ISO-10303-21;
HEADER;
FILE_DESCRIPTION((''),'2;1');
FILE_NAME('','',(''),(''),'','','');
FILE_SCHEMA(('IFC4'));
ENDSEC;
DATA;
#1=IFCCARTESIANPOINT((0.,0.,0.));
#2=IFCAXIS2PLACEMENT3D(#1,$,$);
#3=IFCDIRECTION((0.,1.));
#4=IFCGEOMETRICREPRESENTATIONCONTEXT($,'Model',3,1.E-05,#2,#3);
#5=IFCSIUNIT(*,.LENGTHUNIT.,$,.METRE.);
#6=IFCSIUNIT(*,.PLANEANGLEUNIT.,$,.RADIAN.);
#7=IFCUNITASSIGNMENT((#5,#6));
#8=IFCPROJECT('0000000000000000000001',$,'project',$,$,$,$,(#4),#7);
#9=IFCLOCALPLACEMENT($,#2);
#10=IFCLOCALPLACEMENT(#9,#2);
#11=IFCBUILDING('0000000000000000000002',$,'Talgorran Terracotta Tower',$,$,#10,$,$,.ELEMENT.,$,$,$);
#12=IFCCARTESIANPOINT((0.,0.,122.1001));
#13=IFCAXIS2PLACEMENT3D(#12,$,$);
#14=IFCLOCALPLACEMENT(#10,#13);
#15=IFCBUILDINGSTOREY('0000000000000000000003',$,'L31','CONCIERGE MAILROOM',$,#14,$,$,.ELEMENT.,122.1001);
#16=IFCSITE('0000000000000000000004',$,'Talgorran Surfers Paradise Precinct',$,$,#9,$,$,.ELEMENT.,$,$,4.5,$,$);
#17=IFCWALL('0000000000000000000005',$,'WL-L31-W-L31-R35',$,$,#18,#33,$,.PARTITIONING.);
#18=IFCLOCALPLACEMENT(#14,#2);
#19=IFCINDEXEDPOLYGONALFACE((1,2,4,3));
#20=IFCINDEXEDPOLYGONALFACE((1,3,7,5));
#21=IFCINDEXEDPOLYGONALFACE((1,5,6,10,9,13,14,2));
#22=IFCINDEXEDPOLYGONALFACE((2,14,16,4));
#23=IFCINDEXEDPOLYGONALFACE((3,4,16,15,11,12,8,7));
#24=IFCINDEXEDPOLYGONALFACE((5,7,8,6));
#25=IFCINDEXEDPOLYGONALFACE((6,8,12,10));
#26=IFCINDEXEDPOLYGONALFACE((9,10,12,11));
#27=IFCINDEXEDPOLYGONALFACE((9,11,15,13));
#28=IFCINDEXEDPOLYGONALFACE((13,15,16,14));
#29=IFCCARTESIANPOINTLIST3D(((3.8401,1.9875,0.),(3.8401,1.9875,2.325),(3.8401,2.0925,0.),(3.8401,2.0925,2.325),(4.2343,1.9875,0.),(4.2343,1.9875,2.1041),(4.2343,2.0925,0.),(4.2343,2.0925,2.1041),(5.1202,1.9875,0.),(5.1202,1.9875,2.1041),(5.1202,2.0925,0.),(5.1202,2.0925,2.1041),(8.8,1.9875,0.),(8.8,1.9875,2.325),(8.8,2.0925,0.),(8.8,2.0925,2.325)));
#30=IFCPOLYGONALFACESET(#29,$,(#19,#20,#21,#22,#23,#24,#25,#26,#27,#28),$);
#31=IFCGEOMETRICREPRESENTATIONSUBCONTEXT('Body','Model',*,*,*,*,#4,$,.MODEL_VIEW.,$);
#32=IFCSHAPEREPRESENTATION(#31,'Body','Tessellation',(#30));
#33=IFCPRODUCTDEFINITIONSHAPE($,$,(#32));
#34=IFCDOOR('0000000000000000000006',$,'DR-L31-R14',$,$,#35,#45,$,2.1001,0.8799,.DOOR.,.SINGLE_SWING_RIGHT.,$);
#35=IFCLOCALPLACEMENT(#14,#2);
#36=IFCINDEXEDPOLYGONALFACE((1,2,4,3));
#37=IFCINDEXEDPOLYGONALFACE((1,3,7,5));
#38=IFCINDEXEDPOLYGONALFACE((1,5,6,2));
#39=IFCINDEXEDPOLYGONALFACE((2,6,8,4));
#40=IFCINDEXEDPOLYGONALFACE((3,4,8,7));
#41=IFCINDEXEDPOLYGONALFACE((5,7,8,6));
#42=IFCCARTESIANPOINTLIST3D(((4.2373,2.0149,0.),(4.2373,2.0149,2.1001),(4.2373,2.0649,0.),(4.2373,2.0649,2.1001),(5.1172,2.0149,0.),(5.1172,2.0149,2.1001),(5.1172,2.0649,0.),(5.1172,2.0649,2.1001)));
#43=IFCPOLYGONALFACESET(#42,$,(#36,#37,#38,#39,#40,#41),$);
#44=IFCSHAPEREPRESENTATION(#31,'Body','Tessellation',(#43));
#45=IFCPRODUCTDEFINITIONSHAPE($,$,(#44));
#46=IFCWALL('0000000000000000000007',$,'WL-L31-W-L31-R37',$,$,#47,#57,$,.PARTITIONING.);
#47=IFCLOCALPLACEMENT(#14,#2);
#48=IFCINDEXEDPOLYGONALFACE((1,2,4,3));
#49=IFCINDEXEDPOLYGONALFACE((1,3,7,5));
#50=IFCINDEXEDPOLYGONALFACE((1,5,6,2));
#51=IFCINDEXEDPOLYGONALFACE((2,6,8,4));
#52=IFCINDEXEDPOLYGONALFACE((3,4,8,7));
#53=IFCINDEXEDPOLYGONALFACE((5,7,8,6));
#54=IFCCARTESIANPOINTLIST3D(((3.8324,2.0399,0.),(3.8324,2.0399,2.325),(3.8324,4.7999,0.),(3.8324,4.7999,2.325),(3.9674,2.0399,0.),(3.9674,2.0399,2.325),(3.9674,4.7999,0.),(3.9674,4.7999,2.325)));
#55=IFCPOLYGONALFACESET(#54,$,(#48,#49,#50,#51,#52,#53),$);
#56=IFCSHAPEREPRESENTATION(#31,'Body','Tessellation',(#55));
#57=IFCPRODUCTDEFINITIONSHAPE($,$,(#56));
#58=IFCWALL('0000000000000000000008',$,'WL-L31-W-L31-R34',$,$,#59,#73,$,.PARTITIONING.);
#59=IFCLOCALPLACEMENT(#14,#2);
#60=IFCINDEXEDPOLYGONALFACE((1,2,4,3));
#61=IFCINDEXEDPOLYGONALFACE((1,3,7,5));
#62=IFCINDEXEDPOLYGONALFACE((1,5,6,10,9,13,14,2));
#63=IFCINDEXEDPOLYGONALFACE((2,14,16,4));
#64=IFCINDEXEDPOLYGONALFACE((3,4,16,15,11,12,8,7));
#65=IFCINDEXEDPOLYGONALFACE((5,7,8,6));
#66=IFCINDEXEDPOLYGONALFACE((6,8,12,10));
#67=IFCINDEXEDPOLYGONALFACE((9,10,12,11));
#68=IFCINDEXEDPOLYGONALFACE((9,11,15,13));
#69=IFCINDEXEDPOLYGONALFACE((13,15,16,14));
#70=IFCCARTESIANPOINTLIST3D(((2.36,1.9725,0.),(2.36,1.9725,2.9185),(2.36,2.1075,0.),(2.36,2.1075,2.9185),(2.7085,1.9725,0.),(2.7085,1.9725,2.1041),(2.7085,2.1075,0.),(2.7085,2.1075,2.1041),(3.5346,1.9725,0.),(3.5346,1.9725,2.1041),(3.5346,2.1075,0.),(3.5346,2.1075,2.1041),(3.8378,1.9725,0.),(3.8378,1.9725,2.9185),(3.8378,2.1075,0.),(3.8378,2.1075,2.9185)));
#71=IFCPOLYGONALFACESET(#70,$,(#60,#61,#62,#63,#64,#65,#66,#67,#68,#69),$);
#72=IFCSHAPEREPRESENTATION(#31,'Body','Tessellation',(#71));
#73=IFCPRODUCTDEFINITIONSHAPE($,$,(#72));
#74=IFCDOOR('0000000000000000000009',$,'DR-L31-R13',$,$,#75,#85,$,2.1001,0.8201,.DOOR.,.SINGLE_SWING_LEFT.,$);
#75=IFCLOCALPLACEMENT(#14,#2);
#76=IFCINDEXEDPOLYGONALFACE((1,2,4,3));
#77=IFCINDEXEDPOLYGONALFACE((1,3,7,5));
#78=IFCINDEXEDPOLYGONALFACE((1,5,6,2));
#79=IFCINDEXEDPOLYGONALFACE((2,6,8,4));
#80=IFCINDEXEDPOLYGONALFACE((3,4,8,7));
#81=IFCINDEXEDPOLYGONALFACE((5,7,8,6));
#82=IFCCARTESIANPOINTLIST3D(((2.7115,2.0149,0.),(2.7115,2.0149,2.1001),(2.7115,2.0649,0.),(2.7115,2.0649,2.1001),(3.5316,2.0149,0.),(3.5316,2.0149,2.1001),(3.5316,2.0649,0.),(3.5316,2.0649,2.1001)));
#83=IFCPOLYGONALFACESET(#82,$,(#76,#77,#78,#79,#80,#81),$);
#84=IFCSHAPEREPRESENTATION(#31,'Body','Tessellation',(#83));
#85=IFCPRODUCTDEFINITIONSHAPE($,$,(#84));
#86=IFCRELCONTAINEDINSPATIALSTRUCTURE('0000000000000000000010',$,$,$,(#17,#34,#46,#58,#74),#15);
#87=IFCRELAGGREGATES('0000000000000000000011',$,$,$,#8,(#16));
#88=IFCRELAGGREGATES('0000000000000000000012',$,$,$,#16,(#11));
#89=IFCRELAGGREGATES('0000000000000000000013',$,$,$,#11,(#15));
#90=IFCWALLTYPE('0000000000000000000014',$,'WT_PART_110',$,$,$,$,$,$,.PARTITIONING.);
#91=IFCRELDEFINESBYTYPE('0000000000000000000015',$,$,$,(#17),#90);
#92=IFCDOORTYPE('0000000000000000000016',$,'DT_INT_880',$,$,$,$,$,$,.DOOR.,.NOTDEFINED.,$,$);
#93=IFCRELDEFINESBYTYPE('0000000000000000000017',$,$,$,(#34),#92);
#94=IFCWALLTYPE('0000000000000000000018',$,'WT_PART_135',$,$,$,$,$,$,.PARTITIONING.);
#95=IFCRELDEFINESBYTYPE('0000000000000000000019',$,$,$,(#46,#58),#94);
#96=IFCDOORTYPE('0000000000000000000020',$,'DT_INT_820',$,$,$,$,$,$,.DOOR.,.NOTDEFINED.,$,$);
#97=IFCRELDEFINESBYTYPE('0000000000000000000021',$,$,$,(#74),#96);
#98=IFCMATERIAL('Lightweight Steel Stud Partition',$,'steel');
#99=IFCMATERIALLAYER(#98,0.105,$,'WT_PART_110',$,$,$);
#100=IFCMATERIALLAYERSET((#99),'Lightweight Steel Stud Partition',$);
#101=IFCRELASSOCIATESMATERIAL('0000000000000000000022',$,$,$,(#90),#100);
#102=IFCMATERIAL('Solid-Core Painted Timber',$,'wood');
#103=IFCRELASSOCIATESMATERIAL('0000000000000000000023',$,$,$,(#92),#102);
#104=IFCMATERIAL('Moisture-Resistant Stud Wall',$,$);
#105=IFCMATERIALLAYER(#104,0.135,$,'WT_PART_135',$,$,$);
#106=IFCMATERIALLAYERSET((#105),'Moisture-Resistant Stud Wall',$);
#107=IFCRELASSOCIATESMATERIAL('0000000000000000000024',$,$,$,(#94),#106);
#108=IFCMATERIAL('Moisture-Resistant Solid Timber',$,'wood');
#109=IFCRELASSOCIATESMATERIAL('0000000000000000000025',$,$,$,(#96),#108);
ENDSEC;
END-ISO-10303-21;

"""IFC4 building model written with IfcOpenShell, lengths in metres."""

from ifc_helpers import new_model, si_unit, direction, frame, frame_2d, origin, place, context, subcontext, project, spatial, rectangle, extrude, material, layer, layer_set, type_object, element, fill, save


model = new_model("IFC4")

# Units and contexts
model_context = context("Model", 3, precision=1e-05, world=origin(), true_north=direction((0.0, 1.0)))
body_context = subcontext(model_context, "Body", "Model", "MODEL_VIEW")
ifc_project = project(units=[si_unit("LENGTHUNIT", "METRE"), si_unit("PLANEANGLEUNIT", "RADIAN")], contexts=[model_context])

# Site, building, storey
site_placement = place(None, origin())
site = spatial("IfcSite", under=ifc_project, at=site_placement, Name="Talgorran Surfers Paradise Precinct", CompositionType="ELEMENT", RefElevation=4.5)
building_placement = place(site_placement, origin())
building = spatial("IfcBuilding", under=site, at=building_placement, Name="Talgorran Terracotta Tower", CompositionType="ELEMENT")
storey_placement = place(building_placement, frame((0.0, 0.0, 122.1001)))
storey = spatial("IfcBuildingStorey", under=building, at=storey_placement, Name="L31", Description="CONCIERGE MAILROOM", CompositionType="ELEMENT", Elevation=122.1001)

# Wall, opening, door
ifc_material_1 = material(Name="Lightweight Steel Stud Partition", Category="steel")
ifc_layer_1 = layer(ifc_material_1, 0.105, Name="WT_PART_110")
ifc_layer_set_1 = layer_set([ifc_layer_1], Name="Lightweight Steel Stud Partition")
wall_type_1 = type_object("IfcWallType", Name="WT_PART_110", PredefinedType="PARTITIONING", material=ifc_layer_set_1)
wall_1_placement = place(storey_placement, frame((3.8401, 2.04, 0.0), z_axis=(0.0, 0.0, 1.0), x_axis=(1.0, 0.0, 0.0)))
wall_1 = element("IfcWall", 1, at=wall_1_placement, inside=storey, type_object=wall_type_1, Name="WL-L31-W-L31-R35", PredefinedType="PARTITIONING", context=body_context, shape_type="SweptSolid", body=[
    extrude(rectangle(XDim=4.96, YDim=0.105, at=frame_2d((2.48, 0.0))), origin(), (0.0, 0.0, 1.0), 2.325),
])
opening_1_placement = place(wall_1_placement, frame((0.3972, 0.0, 0.0)))
opening_1 = element("IfcOpeningElement", 2, at=opening_1_placement, cuts=wall_1, PredefinedType="OPENING", context=body_context, shape_type="SweptSolid", body=[
    extrude(rectangle(XDim=0.8859, YDim=2.1041, at=frame_2d((0.4399, 1.052))), frame((0.0, 0.0625, 0.0), z_axis=(0.0, -1.0, 0.0), x_axis=(1.0, 0.0, 0.0)), (0.0, 0.0, 1.0), 0.125),
])
ifc_material_2 = material(Name="Solid-Core Painted Timber", Category="wood")
door_type_1 = type_object("IfcDoorType", Name="DT_INT_880", OperationType="NOTDEFINED", PredefinedType="DOOR", material=ifc_material_2)
door_1_placement = place(opening_1_placement, origin())
door_1 = element("IfcDoor", 3, at=door_1_placement, inside=storey, type_object=door_type_1, Name="DR-L31-R14", OperationType="SINGLE_SWING_RIGHT", OverallHeight=2.1001, OverallWidth=0.8799, PredefinedType="DOOR", context=body_context, shape_type="SweptSolid", body=[
    extrude(rectangle(XDim=0.8799, YDim=2.1001, at=frame_2d((0.4399, 1.05))), frame((0.0, 0.0249, 0.0), z_axis=(0.0, -1.0, 0.0), x_axis=(1.0, 0.0, 0.0)), (0.0, 0.0, 1.0), 0.05),
])
fill(opening_1, door_1)

# Wall
ifc_material_3 = material(Name="Moisture-Resistant Stud Wall")
ifc_layer_2 = layer(ifc_material_3, 0.135, Name="WT_PART_135")
ifc_layer_set_2 = layer_set([ifc_layer_2], Name="Moisture-Resistant Stud Wall")
wall_type_2 = type_object("IfcWallType", Name="WT_PART_135", PredefinedType="PARTITIONING", material=ifc_layer_set_2)
wall_2_placement = place(storey_placement, frame((3.8999, 2.04, 0.0), z_axis=(0.0, 0.0, 1.0), x_axis=(0.0, 1.0, 0.0)))
element("IfcWall", 4, at=wall_2_placement, inside=storey, type_object=wall_type_2, Name="WL-L31-W-L31-R37", PredefinedType="PARTITIONING", context=body_context, shape_type="SweptSolid", body=[
    extrude(rectangle(XDim=2.76, YDim=0.135, at=frame_2d((1.3799, 0.0))), origin(), (0.0, 0.0, 1.0), 2.325),
])

# Wall, opening, door
wall_3_placement = place(storey_placement, frame((2.3601, 2.04, 0.0), z_axis=(0.0, 0.0, 1.0), x_axis=(1.0, 0.0, 0.0)))
wall_3 = element("IfcWall", 5, at=wall_3_placement, inside=storey, type_object=wall_type_2, Name="WL-L31-W-L31-R34", PredefinedType="PARTITIONING", context=body_context, shape_type="SweptSolid", body=[
    extrude(rectangle(XDim=1.4778, YDim=0.135, at=frame_2d((0.7388, 0.0))), origin(), (0.0, 0.0, 1.0), 2.9185),
])
opening_2_placement = place(wall_3_placement, frame((0.3513, 0.0, 0.0)))
opening_2 = element("IfcOpeningElement", 6, at=opening_2_placement, cuts=wall_3, PredefinedType="OPENING", context=body_context, shape_type="SweptSolid", body=[
    extrude(rectangle(XDim=0.8261, YDim=2.1041, at=frame_2d((0.4102, 1.052))), frame((0.0, 0.0776, 0.0), z_axis=(0.0, -1.0, 0.0), x_axis=(1.0, 0.0, 0.0)), (0.0, 0.0, 1.0), 0.155),
])
ifc_material_4 = material(Name="Moisture-Resistant Solid Timber", Category="wood")
door_type_2 = type_object("IfcDoorType", Name="DT_INT_820", OperationType="NOTDEFINED", PredefinedType="DOOR", material=ifc_material_4)
door_2_placement = place(opening_2_placement, origin())
door_2 = element("IfcDoor", 7, at=door_2_placement, inside=storey, type_object=door_type_2, Name="DR-L31-R13", OperationType="SINGLE_SWING_LEFT", OverallHeight=2.1001, OverallWidth=0.8201, PredefinedType="DOOR", context=body_context, shape_type="SweptSolid", body=[
    extrude(rectangle(XDim=0.8201, YDim=2.1001, at=frame_2d((0.4102, 1.05))), frame((0.0, 0.0249, 0.0), z_axis=(0.0, -1.0, 0.0), x_axis=(1.0, 0.0, 0.0)), (0.0, 0.0, 1.0), 0.05),
])
fill(opening_2, door_2)

save(model, "model.ifc")
